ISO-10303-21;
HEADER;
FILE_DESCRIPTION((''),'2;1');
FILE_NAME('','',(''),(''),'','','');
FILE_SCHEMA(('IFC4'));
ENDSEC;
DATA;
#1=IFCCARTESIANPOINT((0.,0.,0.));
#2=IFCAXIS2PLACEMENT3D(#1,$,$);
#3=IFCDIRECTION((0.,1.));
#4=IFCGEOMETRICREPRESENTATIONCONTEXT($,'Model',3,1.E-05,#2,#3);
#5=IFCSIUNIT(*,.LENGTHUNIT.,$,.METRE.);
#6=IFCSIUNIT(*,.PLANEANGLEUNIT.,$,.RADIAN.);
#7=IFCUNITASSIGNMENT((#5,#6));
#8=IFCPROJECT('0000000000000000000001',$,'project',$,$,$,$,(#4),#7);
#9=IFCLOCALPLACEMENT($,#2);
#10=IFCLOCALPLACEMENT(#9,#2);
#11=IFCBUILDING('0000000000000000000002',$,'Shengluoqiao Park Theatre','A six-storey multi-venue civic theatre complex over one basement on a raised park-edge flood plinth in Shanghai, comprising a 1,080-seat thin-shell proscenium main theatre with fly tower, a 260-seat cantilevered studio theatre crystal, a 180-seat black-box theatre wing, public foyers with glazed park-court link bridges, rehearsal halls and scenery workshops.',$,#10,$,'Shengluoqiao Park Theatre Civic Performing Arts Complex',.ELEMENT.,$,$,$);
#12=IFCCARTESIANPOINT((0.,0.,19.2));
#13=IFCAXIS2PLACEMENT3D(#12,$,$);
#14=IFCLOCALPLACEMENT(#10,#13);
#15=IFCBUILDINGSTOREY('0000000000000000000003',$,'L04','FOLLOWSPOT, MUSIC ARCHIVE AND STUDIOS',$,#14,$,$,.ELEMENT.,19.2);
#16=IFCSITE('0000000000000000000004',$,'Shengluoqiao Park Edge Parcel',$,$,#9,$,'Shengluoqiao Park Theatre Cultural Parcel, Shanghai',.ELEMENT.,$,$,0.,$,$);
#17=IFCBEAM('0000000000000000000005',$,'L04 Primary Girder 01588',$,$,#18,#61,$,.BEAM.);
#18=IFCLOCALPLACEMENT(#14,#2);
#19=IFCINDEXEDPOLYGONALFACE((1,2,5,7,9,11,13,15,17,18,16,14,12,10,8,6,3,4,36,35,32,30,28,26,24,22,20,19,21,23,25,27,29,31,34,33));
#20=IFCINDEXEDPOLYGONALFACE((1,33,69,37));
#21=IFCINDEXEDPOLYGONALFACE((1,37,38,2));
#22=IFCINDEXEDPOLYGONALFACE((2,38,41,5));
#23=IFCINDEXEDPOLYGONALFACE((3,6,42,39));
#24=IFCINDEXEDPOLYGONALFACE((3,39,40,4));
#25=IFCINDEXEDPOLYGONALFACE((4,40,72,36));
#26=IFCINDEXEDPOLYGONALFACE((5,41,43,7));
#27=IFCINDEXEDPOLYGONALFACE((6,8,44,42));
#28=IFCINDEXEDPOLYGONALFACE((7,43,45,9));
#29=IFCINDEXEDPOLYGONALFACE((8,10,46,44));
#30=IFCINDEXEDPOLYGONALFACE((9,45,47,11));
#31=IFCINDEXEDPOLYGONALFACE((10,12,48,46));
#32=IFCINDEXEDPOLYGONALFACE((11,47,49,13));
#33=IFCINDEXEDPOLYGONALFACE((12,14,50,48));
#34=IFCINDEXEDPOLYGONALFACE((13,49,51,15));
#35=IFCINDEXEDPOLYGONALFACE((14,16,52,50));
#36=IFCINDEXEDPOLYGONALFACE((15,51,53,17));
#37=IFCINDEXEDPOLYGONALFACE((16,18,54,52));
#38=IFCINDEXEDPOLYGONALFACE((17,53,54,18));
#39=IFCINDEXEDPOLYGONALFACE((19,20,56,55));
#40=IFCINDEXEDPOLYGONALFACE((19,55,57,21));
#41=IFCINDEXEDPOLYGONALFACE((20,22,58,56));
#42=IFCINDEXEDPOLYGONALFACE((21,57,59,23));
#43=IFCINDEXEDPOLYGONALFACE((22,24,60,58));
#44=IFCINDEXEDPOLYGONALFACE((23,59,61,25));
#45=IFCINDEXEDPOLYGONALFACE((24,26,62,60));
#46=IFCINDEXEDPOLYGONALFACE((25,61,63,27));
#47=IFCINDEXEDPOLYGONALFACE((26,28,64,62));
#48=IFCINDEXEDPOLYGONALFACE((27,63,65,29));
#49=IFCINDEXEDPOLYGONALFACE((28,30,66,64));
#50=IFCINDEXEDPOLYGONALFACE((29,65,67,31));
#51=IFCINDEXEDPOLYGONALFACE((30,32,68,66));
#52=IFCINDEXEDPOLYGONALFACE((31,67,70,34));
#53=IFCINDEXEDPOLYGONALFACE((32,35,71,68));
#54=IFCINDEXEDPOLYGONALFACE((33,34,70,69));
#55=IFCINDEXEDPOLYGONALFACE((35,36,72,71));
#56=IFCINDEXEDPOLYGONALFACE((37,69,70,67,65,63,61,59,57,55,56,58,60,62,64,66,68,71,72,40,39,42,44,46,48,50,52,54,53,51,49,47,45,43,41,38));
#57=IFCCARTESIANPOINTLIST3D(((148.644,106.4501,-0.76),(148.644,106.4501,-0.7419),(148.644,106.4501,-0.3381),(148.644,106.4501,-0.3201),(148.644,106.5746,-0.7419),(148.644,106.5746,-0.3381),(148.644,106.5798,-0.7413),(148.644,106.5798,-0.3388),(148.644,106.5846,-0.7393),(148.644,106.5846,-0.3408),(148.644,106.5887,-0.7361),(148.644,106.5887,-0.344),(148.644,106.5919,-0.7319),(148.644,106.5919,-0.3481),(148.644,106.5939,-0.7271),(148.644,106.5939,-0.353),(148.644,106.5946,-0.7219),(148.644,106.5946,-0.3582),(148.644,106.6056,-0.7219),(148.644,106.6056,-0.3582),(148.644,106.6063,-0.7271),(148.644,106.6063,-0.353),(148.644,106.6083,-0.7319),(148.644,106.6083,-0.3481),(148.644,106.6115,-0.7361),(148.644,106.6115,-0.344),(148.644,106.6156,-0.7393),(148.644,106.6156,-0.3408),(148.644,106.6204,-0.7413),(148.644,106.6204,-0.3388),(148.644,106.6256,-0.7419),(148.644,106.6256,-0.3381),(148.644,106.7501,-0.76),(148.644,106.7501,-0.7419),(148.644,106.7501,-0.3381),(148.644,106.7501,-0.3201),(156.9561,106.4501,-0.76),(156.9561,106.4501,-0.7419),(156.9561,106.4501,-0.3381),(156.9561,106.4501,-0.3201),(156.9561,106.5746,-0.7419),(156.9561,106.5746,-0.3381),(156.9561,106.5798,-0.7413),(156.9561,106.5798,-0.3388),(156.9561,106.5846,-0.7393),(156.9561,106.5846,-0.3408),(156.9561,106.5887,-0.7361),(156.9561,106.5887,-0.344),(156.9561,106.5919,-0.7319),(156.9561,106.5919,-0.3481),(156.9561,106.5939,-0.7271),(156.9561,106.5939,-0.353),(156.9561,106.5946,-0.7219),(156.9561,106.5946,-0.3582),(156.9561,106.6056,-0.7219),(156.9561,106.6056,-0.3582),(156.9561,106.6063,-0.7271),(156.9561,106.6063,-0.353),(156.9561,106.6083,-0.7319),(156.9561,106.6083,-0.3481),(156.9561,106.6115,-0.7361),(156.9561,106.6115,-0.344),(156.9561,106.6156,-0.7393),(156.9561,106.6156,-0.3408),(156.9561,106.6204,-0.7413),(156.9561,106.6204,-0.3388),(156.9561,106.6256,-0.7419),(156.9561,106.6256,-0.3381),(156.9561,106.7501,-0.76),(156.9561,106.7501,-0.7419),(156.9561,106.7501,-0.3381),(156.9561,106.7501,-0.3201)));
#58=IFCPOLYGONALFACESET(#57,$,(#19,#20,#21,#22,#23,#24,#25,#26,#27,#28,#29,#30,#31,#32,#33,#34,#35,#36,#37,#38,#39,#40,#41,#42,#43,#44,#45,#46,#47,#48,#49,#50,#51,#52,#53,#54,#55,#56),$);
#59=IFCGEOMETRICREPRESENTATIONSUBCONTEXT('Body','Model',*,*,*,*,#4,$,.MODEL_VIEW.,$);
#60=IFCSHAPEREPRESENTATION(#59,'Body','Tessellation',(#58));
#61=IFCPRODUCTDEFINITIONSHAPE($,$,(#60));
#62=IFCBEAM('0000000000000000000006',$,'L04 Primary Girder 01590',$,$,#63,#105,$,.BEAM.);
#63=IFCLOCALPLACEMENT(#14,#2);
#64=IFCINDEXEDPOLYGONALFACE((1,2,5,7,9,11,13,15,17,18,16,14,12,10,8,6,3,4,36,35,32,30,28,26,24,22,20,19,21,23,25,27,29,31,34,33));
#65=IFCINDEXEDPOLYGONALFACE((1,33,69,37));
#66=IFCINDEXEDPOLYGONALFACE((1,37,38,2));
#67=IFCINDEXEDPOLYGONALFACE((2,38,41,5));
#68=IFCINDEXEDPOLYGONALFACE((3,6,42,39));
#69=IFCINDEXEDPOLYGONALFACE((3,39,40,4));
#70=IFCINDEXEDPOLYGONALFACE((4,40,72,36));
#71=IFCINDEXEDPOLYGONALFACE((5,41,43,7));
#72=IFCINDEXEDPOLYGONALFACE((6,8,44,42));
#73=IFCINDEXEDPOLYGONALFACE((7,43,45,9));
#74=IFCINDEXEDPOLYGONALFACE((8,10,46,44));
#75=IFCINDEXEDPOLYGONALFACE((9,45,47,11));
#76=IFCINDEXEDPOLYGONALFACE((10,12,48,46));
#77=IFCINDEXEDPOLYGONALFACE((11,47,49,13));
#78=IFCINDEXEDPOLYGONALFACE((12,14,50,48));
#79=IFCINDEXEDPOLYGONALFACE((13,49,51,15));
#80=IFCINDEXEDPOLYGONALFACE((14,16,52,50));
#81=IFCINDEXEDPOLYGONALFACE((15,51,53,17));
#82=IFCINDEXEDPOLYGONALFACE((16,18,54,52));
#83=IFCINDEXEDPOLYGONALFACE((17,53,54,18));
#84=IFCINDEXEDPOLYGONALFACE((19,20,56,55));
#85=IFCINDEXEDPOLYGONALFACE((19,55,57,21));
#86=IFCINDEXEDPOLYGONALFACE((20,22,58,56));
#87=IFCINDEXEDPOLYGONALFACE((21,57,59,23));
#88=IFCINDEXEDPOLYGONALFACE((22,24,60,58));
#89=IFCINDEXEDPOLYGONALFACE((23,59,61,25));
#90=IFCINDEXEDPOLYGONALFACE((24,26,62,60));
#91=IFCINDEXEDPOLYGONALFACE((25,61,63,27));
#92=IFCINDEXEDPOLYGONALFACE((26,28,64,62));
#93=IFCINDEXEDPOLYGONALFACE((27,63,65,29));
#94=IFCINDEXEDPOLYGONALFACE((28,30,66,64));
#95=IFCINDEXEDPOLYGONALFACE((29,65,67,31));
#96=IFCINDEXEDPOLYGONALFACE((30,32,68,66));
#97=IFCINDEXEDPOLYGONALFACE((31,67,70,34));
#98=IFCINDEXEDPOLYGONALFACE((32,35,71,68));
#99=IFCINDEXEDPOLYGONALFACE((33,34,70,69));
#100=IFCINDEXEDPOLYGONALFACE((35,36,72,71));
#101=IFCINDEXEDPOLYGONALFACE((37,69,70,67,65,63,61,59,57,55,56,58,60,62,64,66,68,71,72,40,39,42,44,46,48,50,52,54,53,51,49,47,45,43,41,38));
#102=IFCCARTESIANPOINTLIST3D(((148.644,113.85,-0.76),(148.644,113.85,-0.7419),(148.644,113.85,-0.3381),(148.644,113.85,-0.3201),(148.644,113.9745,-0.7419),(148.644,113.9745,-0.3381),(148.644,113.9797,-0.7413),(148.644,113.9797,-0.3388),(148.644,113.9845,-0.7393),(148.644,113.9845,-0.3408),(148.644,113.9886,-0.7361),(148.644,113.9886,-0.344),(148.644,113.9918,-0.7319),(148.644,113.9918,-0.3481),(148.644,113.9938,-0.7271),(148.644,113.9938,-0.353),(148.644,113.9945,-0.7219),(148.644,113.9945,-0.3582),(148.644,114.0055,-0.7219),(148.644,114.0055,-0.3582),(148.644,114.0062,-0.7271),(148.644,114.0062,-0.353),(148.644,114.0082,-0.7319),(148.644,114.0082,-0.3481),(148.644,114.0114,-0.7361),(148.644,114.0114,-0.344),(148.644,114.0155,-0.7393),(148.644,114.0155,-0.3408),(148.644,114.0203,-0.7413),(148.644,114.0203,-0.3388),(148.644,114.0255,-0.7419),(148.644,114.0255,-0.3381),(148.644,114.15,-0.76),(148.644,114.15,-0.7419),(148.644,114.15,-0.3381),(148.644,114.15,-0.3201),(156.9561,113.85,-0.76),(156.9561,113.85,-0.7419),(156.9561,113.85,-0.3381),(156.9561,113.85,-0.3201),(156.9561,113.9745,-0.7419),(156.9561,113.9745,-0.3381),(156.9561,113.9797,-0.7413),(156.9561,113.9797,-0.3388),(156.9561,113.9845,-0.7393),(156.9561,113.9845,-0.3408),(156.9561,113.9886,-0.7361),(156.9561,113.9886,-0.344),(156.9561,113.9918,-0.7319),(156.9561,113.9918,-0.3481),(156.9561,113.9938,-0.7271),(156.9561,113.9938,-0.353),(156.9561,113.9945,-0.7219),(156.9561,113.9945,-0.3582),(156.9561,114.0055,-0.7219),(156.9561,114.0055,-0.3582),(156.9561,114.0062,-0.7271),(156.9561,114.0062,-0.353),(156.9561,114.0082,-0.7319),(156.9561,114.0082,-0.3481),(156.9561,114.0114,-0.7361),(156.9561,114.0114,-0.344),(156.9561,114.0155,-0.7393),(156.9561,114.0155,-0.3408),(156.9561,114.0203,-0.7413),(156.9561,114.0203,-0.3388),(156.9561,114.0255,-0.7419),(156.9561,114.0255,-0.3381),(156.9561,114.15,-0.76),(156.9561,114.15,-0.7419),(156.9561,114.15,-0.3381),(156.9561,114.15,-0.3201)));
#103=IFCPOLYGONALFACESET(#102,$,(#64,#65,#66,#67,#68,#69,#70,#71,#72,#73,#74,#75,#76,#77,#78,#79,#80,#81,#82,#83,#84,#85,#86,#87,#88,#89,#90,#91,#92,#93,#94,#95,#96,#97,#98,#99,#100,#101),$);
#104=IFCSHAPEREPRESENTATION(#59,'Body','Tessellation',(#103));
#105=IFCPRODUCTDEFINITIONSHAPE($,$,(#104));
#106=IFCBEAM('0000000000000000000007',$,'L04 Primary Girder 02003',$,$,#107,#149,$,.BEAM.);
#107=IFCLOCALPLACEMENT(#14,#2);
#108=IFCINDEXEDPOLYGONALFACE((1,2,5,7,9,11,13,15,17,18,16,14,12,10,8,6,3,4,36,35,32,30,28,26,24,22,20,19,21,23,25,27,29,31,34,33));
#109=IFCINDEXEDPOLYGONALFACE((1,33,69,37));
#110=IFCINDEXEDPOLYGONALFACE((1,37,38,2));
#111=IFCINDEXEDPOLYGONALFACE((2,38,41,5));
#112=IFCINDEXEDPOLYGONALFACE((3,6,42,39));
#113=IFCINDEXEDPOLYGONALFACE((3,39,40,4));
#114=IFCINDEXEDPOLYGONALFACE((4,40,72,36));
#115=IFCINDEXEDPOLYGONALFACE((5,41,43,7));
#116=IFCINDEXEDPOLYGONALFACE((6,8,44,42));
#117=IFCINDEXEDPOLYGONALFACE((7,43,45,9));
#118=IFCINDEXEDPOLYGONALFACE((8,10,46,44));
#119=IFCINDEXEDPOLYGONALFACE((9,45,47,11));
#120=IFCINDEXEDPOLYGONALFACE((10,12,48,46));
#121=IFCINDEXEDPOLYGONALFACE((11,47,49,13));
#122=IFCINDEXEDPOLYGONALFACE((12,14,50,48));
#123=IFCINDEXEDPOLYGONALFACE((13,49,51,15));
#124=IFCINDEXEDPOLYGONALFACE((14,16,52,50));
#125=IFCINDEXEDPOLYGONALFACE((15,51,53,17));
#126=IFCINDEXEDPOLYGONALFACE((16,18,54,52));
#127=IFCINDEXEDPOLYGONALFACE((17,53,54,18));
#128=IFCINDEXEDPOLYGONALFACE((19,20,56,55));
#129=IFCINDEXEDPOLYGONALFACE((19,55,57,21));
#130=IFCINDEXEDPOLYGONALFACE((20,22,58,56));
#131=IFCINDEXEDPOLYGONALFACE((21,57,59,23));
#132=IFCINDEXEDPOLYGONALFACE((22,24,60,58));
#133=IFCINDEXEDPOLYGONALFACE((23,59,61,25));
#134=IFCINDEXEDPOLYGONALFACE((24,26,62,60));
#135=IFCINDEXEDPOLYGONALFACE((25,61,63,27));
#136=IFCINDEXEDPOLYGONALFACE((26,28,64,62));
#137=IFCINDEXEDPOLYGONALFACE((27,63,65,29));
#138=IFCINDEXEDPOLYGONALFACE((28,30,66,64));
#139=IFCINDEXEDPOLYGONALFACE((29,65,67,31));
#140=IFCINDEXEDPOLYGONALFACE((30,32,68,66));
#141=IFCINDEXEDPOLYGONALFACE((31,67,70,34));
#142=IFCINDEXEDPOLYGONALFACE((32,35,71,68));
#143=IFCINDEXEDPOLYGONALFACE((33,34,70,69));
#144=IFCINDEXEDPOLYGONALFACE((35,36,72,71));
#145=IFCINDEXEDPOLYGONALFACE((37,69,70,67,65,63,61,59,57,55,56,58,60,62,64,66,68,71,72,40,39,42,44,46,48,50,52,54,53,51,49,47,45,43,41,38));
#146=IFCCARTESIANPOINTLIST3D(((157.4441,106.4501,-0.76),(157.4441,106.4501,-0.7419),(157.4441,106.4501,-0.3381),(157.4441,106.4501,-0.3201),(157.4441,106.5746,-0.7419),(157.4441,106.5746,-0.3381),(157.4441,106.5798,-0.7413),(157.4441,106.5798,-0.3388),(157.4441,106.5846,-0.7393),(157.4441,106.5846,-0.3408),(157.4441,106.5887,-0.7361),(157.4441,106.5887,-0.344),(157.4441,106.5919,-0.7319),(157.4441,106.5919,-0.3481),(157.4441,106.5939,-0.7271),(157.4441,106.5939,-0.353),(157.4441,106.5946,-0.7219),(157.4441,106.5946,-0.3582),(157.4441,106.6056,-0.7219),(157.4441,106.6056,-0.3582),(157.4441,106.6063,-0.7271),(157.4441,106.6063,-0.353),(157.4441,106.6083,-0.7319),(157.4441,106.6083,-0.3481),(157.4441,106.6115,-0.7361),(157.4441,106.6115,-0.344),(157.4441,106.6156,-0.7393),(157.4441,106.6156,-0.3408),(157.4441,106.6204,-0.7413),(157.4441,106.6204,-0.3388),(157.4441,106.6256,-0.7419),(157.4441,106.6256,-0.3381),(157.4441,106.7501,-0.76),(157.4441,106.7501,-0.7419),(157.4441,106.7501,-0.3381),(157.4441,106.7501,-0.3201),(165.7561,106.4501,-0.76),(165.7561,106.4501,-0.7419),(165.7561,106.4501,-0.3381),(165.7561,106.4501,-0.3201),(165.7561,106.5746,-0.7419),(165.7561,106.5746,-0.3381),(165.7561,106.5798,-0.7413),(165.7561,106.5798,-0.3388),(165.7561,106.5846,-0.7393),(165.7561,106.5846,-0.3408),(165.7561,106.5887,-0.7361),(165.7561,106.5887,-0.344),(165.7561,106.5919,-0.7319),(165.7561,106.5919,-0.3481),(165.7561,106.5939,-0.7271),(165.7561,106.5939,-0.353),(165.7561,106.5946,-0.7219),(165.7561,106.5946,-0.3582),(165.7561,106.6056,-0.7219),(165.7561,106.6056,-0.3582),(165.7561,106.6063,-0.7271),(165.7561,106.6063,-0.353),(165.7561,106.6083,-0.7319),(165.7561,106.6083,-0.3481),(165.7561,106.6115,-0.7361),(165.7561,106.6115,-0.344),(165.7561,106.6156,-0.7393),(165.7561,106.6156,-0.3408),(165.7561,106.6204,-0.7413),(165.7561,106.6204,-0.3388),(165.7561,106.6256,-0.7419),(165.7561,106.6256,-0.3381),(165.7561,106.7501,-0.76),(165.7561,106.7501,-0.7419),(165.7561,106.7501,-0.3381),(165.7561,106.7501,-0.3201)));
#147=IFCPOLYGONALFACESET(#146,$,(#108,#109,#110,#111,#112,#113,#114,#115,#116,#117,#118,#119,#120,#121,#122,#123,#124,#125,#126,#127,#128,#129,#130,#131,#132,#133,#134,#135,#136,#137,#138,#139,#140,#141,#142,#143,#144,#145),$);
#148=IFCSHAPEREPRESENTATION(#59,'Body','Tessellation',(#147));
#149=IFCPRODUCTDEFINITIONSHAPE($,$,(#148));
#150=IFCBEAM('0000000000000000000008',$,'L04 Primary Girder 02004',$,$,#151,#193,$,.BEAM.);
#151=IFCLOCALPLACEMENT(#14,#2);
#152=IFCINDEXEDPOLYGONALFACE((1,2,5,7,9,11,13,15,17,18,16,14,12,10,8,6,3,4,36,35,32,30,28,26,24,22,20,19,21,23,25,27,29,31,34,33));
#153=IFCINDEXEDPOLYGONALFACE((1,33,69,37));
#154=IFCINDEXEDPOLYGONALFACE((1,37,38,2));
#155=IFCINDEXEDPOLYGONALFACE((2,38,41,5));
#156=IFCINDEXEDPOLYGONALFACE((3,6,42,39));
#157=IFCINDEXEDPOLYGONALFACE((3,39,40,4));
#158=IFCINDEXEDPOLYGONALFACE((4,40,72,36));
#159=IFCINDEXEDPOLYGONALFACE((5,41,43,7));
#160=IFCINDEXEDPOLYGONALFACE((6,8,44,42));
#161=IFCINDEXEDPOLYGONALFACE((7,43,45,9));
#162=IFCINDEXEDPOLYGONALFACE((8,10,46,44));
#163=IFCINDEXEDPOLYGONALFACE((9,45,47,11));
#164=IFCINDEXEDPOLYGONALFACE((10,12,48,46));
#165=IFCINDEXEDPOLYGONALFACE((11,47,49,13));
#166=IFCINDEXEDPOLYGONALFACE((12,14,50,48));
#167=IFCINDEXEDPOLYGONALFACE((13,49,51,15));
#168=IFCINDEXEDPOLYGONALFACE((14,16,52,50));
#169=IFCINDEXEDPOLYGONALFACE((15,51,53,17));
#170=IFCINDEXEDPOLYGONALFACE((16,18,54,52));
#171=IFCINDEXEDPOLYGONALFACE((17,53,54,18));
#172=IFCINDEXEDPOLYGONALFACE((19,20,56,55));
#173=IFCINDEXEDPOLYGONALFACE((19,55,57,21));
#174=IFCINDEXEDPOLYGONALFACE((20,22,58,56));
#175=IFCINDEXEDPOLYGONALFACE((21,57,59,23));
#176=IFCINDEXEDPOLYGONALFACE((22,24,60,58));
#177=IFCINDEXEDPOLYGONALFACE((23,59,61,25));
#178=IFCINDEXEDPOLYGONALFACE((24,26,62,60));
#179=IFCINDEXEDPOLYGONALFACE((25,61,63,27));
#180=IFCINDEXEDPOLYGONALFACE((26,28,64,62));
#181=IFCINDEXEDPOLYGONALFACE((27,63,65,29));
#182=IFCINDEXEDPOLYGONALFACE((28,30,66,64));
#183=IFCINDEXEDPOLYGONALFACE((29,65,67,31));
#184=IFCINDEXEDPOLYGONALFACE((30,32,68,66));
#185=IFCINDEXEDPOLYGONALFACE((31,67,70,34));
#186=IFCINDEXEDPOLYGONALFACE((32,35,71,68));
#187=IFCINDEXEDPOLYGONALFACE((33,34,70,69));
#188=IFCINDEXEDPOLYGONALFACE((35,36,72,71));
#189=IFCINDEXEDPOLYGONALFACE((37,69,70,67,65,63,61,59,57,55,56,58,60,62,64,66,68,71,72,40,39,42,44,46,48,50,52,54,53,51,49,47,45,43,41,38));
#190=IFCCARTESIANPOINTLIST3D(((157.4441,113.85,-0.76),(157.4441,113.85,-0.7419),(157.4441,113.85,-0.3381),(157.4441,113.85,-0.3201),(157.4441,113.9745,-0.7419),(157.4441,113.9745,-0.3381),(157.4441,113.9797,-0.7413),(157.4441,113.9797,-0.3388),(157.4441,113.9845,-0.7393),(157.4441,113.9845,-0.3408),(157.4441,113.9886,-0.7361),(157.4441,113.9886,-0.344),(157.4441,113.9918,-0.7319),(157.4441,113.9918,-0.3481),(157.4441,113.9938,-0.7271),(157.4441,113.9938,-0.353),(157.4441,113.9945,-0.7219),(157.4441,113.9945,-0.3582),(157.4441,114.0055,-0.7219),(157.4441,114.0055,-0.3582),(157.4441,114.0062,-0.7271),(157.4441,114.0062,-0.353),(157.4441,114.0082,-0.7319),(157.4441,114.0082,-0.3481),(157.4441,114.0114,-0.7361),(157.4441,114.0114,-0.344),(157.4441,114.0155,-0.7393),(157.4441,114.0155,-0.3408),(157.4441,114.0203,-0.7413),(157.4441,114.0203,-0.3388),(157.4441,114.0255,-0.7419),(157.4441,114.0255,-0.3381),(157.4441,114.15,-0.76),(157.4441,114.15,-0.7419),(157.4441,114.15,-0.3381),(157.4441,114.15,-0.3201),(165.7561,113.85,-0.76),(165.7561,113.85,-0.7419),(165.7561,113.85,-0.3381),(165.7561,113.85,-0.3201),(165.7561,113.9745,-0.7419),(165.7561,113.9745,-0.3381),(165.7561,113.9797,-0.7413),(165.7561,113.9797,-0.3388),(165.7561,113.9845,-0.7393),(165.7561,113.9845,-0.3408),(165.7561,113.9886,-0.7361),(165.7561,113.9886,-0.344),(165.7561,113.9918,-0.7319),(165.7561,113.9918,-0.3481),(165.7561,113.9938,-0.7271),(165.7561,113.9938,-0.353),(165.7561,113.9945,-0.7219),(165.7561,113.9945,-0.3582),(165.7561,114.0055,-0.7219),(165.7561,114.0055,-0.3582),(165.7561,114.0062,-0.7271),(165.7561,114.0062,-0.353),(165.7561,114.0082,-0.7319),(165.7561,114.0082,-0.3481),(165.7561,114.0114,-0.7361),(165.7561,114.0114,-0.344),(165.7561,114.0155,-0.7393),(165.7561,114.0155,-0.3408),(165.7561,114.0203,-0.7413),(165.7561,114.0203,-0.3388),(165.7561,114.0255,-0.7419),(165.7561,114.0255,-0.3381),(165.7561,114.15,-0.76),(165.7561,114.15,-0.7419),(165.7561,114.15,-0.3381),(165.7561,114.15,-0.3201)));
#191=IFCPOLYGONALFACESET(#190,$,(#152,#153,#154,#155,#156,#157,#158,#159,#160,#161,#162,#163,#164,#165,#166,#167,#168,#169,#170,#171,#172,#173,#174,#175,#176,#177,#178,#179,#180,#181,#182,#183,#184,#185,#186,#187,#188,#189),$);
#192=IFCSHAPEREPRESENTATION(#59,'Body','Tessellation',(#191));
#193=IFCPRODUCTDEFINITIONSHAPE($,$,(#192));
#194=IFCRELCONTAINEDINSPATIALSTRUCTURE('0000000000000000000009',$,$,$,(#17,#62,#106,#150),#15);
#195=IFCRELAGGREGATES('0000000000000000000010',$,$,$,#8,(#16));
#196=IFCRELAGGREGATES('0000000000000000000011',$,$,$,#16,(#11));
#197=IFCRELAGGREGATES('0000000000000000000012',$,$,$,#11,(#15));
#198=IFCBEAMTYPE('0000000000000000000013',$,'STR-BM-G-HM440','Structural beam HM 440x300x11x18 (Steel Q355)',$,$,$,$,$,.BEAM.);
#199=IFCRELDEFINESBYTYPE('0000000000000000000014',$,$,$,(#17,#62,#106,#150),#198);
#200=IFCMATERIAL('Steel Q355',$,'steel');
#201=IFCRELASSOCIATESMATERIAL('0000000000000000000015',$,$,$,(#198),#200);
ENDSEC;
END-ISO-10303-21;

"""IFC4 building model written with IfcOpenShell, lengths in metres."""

from ifc_helpers import new_model, si_unit, direction, frame, origin, origin_2d, place, context, subcontext, project, spatial, i_section, extrude, material, material_profile, profile_set, type_object, element, save


model = new_model("IFC4")

# Units and contexts
model_context = context("Model", 3, precision=1e-05, world=origin(), true_north=direction((0.0, 1.0)))
body_context = subcontext(model_context, "Body", "Model", "MODEL_VIEW")
ifc_project = project(units=[si_unit("LENGTHUNIT", "METRE"), si_unit("PLANEANGLEUNIT", "RADIAN")], contexts=[model_context])

# Site, building, storey
site_placement = place(None, origin())
site = spatial("IfcSite", under=ifc_project, at=site_placement, Name="Shengluoqiao Park Edge Parcel", LongName="Shengluoqiao Park Theatre Cultural Parcel, Shanghai", CompositionType="ELEMENT", RefElevation=0.0)
building_placement = place(site_placement, origin())
building = spatial("IfcBuilding", under=site, at=building_placement, Name="Shengluoqiao Park Theatre", Description="A six-storey multi-venue civic theatre complex over one basement on a raised park-edge flood plinth in Shanghai, comprising a 1,080-seat thin-shell proscenium main theatre with fly tower, a 260-seat cantilevered studio theatre crystal, a 180-seat black-box theatre wing, public foyers with glazed park-court link bridges, rehearsal halls and scenery workshops.", LongName="Shengluoqiao Park Theatre Civic Performing Arts Complex", CompositionType="ELEMENT")
storey_placement = place(building_placement, frame((0.0, 0.0, 19.2)))
storey = spatial("IfcBuildingStorey", under=building, at=storey_placement, Name="L04", Description="FOLLOWSPOT, MUSIC ARCHIVE AND STUDIOS", CompositionType="ELEMENT", Elevation=19.2)

# Shared definitions
ifc_material_1 = material(Name="Steel Q355", Category="steel")

# Beams
ifc_material_profile_1 = material_profile(ifc_material_1, i_section(OverallWidth=0.3, OverallDepth=0.4399, WebThickness=0.011, FlangeThickness=0.0181, FilletRadius=0.02, at=origin_2d()), Name="HM 440x300x11x18")
ifc_profile_set_1 = profile_set([ifc_material_profile_1], Name="Steel Q355")
beam_type_1 = type_object("IfcBeamType", Name="STR-BM-G-HM440", Description="Structural beam HM 440x300x11x18 (Steel Q355)", PredefinedType="BEAM", material=ifc_profile_set_1)
for number, where, z_axis, x_axis, name in (
    (1, (148.644, 106.6001, -0.54), (1.0, 0.0, 0.0), (0.0, 1.0, 0.0), "L04 Primary Girder 01588"),
    (2, (148.644, 114.0, -0.54), (1.0, 0.0, 0.0), (0.0, 1.0, 0.0), "L04 Primary Girder 01590"),
    (3, (157.4441, 106.6001, -0.54), (1.0, 0.0, 0.0), (0.0, 1.0, 0.0), "L04 Primary Girder 02003"),
    (4, (157.4441, 114.0, -0.54), (1.0, 0.0, 0.0), (0.0, 1.0, 0.0), "L04 Primary Girder 02004"),
):
    element("IfcBeam", number, at=place(storey_placement, frame(where, z_axis=z_axis, x_axis=x_axis)), inside=storey, type_object=beam_type_1, Name=name, PredefinedType="BEAM", context=body_context, shape_type="SweptSolid", body=[
        extrude(i_section(OverallWidth=0.3, OverallDepth=0.4399, WebThickness=0.011, FlangeThickness=0.0181, FilletRadius=0.02, at=origin_2d()), origin(), (0.0, 0.0, 1.0), 8.312),
    ])

save(model, "model.ifc")
